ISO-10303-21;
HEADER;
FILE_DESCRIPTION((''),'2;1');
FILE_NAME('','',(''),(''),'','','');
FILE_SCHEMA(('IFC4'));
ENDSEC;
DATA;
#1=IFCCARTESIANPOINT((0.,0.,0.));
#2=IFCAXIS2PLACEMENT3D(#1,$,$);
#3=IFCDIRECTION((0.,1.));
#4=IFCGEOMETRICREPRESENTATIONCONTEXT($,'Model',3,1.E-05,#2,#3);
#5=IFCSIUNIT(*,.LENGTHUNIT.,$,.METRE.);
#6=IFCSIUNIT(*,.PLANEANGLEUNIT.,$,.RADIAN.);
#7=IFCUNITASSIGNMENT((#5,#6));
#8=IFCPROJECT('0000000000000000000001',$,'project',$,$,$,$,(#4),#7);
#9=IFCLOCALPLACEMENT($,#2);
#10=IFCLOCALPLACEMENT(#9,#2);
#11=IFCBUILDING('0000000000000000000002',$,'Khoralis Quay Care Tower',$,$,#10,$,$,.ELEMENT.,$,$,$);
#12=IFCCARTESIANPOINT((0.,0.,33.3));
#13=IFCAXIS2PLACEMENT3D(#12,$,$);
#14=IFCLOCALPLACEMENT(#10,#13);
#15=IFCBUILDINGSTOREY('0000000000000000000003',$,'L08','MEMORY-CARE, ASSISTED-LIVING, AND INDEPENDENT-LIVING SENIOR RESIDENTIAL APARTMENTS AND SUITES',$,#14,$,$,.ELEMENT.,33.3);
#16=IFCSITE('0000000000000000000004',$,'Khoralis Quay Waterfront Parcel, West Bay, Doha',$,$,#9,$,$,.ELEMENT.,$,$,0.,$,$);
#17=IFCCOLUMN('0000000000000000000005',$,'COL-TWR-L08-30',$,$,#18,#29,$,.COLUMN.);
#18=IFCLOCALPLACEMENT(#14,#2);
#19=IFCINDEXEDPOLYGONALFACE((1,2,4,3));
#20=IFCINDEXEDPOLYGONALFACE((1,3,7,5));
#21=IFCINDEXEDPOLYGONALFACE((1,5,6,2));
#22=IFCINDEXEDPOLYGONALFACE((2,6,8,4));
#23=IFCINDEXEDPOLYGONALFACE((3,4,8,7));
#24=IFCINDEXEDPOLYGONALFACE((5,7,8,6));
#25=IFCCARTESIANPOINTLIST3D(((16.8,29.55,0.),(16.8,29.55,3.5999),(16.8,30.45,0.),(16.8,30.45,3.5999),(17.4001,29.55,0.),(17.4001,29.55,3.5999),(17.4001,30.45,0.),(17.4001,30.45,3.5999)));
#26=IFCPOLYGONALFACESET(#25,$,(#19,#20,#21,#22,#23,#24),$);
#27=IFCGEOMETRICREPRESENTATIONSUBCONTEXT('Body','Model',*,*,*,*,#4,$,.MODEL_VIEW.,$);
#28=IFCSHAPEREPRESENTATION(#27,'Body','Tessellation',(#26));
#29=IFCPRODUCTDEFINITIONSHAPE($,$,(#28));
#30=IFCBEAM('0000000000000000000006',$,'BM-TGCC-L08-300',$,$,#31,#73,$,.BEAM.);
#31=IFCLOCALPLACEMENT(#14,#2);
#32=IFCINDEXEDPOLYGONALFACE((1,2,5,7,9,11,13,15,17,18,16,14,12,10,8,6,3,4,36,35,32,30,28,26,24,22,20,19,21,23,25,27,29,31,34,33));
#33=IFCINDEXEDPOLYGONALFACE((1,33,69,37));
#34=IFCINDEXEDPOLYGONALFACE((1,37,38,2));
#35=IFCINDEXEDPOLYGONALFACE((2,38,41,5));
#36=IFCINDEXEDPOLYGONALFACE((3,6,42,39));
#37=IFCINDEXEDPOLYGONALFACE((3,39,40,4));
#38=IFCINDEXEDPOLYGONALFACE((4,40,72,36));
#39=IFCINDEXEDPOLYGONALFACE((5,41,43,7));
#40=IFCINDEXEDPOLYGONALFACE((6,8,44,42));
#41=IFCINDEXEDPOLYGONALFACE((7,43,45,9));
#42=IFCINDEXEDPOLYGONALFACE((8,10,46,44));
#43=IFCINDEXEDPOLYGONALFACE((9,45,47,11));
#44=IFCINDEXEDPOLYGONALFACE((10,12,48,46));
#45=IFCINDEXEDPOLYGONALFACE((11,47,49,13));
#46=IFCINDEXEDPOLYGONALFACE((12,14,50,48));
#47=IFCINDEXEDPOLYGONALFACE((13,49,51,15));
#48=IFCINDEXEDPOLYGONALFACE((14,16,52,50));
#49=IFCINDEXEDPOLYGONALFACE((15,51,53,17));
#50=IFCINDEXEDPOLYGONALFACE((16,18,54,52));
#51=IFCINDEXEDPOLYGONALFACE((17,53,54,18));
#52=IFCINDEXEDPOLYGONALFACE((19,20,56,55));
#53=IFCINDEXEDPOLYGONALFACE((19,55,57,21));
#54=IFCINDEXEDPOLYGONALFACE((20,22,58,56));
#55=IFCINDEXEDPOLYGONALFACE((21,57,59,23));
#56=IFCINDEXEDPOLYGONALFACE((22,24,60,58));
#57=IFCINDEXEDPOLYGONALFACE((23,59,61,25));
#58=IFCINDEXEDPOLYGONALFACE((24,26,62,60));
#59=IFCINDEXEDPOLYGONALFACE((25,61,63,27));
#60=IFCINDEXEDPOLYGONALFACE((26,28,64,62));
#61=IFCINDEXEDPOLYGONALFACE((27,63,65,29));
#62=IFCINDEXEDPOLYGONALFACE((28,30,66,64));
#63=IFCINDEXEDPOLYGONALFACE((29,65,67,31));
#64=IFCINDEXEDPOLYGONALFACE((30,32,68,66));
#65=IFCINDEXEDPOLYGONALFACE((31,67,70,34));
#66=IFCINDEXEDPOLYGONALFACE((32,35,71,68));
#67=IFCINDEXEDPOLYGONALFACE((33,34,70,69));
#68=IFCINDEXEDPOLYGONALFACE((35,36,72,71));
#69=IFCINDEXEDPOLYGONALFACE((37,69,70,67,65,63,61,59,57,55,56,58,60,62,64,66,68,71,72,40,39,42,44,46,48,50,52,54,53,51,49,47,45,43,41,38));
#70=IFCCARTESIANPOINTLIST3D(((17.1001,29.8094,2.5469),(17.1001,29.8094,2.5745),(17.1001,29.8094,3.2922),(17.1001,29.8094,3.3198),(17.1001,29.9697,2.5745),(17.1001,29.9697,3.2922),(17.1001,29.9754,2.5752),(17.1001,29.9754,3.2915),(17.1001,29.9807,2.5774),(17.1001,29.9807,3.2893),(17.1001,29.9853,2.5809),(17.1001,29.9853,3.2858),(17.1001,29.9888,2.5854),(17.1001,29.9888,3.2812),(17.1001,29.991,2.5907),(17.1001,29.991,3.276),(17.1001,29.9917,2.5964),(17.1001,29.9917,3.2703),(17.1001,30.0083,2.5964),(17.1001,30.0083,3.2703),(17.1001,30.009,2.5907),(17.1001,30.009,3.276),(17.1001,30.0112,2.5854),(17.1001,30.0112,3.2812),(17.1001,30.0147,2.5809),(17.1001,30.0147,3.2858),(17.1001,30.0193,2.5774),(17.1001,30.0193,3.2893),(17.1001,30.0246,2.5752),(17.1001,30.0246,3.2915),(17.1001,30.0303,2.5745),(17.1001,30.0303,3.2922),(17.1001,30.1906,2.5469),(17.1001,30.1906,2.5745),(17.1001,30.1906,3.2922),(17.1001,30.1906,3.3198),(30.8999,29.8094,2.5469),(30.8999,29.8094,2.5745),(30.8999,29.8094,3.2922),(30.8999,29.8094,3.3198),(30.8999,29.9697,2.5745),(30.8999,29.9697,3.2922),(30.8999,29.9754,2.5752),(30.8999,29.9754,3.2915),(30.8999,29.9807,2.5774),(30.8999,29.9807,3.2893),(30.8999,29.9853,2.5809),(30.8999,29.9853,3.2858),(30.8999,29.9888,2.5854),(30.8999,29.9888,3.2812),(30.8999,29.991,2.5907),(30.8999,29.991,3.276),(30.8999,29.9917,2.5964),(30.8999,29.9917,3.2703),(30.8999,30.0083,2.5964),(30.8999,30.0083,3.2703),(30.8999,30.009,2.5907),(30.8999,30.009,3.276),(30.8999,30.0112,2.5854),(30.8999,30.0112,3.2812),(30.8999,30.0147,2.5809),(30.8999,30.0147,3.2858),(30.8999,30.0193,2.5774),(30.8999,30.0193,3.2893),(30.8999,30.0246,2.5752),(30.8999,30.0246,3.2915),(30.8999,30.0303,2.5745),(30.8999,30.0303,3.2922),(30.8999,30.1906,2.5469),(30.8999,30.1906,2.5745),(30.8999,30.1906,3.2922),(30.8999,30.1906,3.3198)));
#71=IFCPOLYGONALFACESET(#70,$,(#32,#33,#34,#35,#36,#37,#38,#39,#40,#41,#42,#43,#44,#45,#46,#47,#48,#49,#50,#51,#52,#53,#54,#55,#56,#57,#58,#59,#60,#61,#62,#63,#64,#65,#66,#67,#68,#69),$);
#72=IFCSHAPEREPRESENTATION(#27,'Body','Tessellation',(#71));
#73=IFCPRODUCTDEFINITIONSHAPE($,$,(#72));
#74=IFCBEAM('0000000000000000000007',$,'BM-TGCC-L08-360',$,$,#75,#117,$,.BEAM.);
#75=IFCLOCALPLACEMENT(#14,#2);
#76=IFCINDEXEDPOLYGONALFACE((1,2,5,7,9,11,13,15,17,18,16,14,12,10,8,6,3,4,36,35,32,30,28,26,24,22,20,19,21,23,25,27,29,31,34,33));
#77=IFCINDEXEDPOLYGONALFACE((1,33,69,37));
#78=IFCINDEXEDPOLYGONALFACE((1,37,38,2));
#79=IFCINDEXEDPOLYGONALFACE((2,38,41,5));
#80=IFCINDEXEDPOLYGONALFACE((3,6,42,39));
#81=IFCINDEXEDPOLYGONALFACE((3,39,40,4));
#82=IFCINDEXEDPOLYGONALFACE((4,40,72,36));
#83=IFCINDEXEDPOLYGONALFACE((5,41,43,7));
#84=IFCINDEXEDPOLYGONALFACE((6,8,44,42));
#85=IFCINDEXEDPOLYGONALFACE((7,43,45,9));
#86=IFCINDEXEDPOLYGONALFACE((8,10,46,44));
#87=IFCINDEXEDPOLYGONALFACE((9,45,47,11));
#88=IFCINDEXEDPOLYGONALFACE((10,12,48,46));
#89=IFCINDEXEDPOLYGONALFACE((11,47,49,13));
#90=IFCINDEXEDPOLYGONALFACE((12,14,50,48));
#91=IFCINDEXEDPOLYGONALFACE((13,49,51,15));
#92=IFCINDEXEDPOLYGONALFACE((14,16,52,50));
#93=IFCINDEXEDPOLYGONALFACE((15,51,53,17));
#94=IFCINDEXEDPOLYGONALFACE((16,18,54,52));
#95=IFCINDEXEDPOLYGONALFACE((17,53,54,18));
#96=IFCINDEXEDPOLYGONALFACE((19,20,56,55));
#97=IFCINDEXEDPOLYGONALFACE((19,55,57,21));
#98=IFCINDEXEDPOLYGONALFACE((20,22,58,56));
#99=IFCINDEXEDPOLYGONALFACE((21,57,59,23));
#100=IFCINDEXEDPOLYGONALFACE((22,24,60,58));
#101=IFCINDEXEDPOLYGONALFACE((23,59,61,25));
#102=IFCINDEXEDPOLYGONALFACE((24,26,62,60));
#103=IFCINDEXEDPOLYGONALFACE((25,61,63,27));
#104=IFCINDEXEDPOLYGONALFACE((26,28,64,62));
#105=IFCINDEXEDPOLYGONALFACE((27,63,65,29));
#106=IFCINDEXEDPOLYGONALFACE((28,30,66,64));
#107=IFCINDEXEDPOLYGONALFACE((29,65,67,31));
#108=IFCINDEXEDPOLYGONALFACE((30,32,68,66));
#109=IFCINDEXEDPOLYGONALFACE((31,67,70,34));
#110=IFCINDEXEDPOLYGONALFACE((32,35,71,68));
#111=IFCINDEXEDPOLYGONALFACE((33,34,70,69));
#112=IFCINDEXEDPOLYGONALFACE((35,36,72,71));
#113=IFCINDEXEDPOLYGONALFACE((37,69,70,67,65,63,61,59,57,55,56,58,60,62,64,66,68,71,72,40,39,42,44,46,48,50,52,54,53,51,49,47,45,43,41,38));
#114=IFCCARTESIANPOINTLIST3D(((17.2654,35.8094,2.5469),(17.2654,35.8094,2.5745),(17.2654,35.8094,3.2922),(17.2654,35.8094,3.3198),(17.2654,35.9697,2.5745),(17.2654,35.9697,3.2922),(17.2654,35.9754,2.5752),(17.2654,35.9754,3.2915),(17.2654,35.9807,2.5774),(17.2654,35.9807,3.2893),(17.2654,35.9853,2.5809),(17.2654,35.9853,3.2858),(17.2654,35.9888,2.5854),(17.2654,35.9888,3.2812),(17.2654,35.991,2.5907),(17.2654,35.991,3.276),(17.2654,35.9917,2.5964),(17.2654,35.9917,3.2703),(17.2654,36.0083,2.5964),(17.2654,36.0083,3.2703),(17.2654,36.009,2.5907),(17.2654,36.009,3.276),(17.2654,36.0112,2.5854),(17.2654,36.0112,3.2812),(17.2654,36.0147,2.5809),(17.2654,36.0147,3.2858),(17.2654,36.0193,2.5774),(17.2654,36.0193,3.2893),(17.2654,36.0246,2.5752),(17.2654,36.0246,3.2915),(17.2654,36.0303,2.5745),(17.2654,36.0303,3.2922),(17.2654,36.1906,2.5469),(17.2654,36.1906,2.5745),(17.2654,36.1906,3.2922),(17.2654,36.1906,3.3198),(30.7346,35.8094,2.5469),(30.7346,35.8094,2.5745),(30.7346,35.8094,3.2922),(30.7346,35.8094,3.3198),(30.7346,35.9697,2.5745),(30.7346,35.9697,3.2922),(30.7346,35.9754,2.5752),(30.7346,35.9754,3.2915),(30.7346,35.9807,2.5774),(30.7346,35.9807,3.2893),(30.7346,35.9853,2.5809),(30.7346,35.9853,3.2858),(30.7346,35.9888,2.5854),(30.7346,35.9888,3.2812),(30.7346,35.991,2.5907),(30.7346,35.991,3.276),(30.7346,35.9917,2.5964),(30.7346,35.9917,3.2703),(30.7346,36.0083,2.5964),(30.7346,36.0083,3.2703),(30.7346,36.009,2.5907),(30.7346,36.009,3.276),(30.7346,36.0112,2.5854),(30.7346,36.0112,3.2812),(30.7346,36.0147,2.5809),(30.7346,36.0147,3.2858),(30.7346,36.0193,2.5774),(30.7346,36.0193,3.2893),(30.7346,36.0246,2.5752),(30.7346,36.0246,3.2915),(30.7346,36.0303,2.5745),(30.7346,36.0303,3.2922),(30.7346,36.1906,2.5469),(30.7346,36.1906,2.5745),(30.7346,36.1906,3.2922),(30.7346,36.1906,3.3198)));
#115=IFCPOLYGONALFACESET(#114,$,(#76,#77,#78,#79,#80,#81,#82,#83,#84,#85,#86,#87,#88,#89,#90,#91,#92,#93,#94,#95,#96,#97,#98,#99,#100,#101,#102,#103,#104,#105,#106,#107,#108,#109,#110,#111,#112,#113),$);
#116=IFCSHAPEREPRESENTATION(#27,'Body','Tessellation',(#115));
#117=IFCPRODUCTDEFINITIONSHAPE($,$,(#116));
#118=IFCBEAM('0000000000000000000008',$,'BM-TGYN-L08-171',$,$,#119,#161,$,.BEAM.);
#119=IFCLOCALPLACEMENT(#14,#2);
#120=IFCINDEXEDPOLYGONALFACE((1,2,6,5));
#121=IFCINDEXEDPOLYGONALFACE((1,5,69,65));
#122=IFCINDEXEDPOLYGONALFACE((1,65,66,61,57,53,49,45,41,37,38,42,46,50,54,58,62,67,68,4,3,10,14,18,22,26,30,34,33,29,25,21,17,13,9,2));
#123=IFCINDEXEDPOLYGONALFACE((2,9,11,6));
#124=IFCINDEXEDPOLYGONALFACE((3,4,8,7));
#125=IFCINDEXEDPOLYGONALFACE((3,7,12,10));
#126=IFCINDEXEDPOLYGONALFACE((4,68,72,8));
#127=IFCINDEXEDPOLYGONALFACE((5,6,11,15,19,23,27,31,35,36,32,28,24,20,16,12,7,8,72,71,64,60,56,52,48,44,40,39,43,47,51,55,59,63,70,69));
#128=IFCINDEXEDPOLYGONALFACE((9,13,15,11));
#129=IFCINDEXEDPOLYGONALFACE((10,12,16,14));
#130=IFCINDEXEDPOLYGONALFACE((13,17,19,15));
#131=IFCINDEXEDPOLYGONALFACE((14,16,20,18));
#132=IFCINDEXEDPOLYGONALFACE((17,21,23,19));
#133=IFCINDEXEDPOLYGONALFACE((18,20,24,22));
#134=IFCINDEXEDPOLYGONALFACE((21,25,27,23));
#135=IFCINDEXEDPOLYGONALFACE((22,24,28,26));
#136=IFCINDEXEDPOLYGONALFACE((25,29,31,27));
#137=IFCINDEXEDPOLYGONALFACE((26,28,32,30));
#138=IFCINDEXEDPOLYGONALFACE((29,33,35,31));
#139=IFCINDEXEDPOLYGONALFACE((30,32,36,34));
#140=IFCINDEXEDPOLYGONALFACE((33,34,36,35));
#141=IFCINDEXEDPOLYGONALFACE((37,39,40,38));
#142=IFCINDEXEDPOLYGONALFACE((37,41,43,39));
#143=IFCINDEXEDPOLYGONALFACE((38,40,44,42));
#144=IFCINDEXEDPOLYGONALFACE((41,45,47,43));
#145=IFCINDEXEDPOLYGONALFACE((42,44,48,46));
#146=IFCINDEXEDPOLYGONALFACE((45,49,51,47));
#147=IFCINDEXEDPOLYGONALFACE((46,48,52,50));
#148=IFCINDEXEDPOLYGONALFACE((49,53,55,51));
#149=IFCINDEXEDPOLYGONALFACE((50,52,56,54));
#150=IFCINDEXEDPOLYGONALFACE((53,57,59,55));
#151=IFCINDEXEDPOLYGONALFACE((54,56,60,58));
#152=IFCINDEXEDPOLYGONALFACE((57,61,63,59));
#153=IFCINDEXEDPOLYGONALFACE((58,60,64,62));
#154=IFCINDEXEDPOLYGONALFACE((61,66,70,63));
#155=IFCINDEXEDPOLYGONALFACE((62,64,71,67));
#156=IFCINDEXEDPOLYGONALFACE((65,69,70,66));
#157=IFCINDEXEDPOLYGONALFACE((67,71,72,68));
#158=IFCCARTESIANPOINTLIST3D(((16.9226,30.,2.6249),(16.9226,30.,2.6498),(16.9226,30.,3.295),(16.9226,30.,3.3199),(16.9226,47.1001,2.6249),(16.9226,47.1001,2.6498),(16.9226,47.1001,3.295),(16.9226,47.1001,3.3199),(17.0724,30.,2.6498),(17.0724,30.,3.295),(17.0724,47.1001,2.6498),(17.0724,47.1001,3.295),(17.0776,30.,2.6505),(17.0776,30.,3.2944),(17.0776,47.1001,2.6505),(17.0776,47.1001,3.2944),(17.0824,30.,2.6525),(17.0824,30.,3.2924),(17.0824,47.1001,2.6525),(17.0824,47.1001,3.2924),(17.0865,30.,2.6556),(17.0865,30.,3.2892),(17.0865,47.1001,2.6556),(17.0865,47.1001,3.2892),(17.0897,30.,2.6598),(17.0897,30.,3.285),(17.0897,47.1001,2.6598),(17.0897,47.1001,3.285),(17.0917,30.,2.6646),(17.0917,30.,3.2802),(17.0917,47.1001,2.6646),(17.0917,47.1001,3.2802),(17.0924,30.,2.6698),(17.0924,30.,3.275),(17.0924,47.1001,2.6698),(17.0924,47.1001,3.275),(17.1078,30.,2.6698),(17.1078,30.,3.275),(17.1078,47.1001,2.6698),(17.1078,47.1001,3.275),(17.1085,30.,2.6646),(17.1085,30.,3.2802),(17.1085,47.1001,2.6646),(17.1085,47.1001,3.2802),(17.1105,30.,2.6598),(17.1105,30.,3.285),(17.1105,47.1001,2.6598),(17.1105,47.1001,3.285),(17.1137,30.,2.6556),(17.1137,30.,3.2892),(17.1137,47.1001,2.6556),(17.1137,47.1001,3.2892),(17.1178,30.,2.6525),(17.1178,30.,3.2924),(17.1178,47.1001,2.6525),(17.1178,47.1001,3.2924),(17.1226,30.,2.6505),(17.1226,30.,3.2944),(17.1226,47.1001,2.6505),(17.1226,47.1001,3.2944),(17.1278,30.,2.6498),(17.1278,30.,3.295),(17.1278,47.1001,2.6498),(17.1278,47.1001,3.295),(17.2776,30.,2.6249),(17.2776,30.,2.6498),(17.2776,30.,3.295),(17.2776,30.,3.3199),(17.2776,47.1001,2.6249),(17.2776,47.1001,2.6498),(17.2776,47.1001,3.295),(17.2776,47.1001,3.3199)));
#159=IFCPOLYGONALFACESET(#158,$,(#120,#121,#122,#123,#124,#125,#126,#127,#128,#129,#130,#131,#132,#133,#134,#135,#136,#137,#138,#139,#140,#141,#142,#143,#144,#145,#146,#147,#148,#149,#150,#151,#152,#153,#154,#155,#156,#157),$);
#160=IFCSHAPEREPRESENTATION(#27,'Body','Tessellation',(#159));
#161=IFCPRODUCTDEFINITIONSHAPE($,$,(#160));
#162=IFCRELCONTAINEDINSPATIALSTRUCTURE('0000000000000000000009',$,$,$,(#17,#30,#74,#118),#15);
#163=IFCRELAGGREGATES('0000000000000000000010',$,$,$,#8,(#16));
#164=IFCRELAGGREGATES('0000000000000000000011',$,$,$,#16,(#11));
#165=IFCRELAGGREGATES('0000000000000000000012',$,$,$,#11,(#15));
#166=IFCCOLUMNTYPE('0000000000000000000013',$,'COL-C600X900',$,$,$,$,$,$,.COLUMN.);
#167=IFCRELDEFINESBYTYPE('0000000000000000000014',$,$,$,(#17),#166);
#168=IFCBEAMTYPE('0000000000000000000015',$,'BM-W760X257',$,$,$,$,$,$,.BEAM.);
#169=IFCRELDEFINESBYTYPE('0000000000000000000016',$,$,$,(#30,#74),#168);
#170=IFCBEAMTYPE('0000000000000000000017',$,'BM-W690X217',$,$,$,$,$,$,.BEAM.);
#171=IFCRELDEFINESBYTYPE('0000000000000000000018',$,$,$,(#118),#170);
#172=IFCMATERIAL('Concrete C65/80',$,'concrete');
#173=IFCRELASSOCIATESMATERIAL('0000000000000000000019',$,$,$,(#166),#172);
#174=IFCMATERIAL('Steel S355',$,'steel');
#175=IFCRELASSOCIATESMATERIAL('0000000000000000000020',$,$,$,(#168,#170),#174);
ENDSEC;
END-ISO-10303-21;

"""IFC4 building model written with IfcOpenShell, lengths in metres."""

from ifc_helpers import new_model, si_unit, direction, frame, origin, origin_2d, place, context, subcontext, project, spatial, rectangle, i_section, extrude, source, transform, mapped, material, material_profile, profile_set, type_object, element, save


model = new_model("IFC4")

# Units and contexts
model_context = context("Model", 3, precision=1e-05, world=origin(), true_north=direction((0.0, 1.0)))
body_context = subcontext(model_context, "Body", "Model", "MODEL_VIEW")
ifc_project = project(units=[si_unit("LENGTHUNIT", "METRE"), si_unit("PLANEANGLEUNIT", "RADIAN")], contexts=[model_context])

# Site, building, storey
site_placement = place(None, origin())
site = spatial("IfcSite", under=ifc_project, at=site_placement, Name="Khoralis Quay Waterfront Parcel, West Bay, Doha", CompositionType="ELEMENT", RefElevation=0.0)
building_placement = place(site_placement, origin())
building = spatial("IfcBuilding", under=site, at=building_placement, Name="Khoralis Quay Care Tower", CompositionType="ELEMENT")
storey_placement = place(building_placement, frame((0.0, 0.0, 33.3)))
storey = spatial("IfcBuildingStorey", under=building, at=storey_placement, Name="L08", Description="MEMORY-CARE, ASSISTED-LIVING, AND INDEPENDENT-LIVING SENIOR RESIDENTIAL APARTMENTS AND SUITES", CompositionType="ELEMENT", Elevation=33.3)

# Column
ifc_material_1 = material(Name="Concrete C65/80", Category="concrete")
ifc_material_profile_1 = material_profile(ifc_material_1, rectangle(XDim=0.6001, YDim=0.8999, at=origin_2d()), Name="Concrete C65/80")
ifc_profile_set_1 = profile_set([ifc_material_profile_1], Name="Concrete C65/80")
column_type = type_object("IfcColumnType", Name="COL-C600X900", PredefinedType="COLUMN", material=ifc_profile_set_1)
shared_shape_1 = source(origin(), body_context, "Body", "SweptSolid", [
    extrude(rectangle(XDim=0.6001, YDim=0.8999, at=origin_2d()), origin(), (0.0, 0.0, 1.0), 3.5999),
])
column_placement = place(storey_placement, frame((17.1001, 30.0, 0.0), z_axis=(0.0, 0.0, 1.0), x_axis=(1.0, 0.0, 0.0)))
element("IfcColumn", 1, at=column_placement, inside=storey, type_object=column_type, Name="COL-TWR-L08-30", PredefinedType="COLUMN", context=body_context, shape_type="MappedRepresentation", body=[
    mapped(shared_shape_1, transform((0.0, 0.0, 0.0), scale=1.0)),
])

# Beams
ifc_material_2 = material(Name="Steel S355", Category="steel")
ifc_material_profile_2 = material_profile(ifc_material_2, i_section(OverallWidth=0.3811, OverallDepth=0.7729, WebThickness=0.0166, FlangeThickness=0.0276, FilletRadius=0.022, at=origin_2d()), Name="Steel S355")
ifc_profile_set_2 = profile_set([ifc_material_profile_2], Name="Steel S355")
beam_type_1 = type_object("IfcBeamType", Name="BM-W760X257", PredefinedType="BEAM", material=ifc_profile_set_2)
shared_shape_2 = source(origin(), body_context, "Body", "SweptSolid", [
    extrude(i_section(OverallWidth=0.3811, OverallDepth=0.7729, WebThickness=0.0166, FlangeThickness=0.0276, FilletRadius=0.022, at=origin_2d()), origin(), (0.0, 0.0, 1.0), 13.7998),
])
beam_1_placement = place(storey_placement, frame((17.1001, 30.0, 2.9333), z_axis=(1.0, 0.0, 0.0), x_axis=(0.0, 1.0, 0.0)))
element("IfcBeam", 2, at=beam_1_placement, inside=storey, type_object=beam_type_1, Name="BM-TGCC-L08-300", PredefinedType="BEAM", context=body_context, shape_type="MappedRepresentation", body=[
    mapped(shared_shape_2, transform((0.0, 0.0, 0.0), scale=1.0)),
])
shared_shape_3 = source(origin(), body_context, "Body", "SweptSolid", [
    extrude(i_section(OverallWidth=0.3811, OverallDepth=0.7729, WebThickness=0.0166, FlangeThickness=0.0276, FilletRadius=0.022, at=origin_2d()), origin(), (0.0, 0.0, 1.0), 13.4692),
])
beam_2_placement = place(storey_placement, frame((17.2654, 36.0, 2.9333), z_axis=(1.0, 0.0, 0.0), x_axis=(0.0, 1.0, 0.0)))
element("IfcBeam", 3, at=beam_2_placement, inside=storey, type_object=beam_type_1, Name="BM-TGCC-L08-360", PredefinedType="BEAM", context=body_context, shape_type="MappedRepresentation", body=[
    mapped(shared_shape_3, transform((0.0, 0.0, 0.0), scale=1.0)),
])
ifc_material_profile_3 = material_profile(ifc_material_2, i_section(OverallWidth=0.355, OverallDepth=0.6951, WebThickness=0.0154, FlangeThickness=0.0249, FilletRadius=0.02, at=origin_2d()), Name="Steel S355")
ifc_profile_set_3 = profile_set([ifc_material_profile_3], Name="Steel S355")
beam_type_2 = type_object("IfcBeamType", Name="BM-W690X217", PredefinedType="BEAM", material=ifc_profile_set_3)
shared_shape_4 = source(origin(), body_context, "Body", "SweptSolid", [
    extrude(i_section(OverallWidth=0.355, OverallDepth=0.6951, WebThickness=0.0154, FlangeThickness=0.0249, FilletRadius=0.02, at=origin_2d()), origin(), (0.0, 0.0, 1.0), 17.1001),
])
beam_3_placement = place(storey_placement, frame((17.1001, 30.0, 2.9724), z_axis=(0.0, 1.0, 0.0), x_axis=(-1.0, 0.0, 0.0)))
element("IfcBeam", 4, at=beam_3_placement, inside=storey, type_object=beam_type_2, Name="BM-TGYN-L08-171", PredefinedType="BEAM", context=body_context, shape_type="MappedRepresentation", body=[
    mapped(shared_shape_4, transform((0.0, 0.0, 0.0), scale=1.0)),
])

save(model, "model.ifc")
